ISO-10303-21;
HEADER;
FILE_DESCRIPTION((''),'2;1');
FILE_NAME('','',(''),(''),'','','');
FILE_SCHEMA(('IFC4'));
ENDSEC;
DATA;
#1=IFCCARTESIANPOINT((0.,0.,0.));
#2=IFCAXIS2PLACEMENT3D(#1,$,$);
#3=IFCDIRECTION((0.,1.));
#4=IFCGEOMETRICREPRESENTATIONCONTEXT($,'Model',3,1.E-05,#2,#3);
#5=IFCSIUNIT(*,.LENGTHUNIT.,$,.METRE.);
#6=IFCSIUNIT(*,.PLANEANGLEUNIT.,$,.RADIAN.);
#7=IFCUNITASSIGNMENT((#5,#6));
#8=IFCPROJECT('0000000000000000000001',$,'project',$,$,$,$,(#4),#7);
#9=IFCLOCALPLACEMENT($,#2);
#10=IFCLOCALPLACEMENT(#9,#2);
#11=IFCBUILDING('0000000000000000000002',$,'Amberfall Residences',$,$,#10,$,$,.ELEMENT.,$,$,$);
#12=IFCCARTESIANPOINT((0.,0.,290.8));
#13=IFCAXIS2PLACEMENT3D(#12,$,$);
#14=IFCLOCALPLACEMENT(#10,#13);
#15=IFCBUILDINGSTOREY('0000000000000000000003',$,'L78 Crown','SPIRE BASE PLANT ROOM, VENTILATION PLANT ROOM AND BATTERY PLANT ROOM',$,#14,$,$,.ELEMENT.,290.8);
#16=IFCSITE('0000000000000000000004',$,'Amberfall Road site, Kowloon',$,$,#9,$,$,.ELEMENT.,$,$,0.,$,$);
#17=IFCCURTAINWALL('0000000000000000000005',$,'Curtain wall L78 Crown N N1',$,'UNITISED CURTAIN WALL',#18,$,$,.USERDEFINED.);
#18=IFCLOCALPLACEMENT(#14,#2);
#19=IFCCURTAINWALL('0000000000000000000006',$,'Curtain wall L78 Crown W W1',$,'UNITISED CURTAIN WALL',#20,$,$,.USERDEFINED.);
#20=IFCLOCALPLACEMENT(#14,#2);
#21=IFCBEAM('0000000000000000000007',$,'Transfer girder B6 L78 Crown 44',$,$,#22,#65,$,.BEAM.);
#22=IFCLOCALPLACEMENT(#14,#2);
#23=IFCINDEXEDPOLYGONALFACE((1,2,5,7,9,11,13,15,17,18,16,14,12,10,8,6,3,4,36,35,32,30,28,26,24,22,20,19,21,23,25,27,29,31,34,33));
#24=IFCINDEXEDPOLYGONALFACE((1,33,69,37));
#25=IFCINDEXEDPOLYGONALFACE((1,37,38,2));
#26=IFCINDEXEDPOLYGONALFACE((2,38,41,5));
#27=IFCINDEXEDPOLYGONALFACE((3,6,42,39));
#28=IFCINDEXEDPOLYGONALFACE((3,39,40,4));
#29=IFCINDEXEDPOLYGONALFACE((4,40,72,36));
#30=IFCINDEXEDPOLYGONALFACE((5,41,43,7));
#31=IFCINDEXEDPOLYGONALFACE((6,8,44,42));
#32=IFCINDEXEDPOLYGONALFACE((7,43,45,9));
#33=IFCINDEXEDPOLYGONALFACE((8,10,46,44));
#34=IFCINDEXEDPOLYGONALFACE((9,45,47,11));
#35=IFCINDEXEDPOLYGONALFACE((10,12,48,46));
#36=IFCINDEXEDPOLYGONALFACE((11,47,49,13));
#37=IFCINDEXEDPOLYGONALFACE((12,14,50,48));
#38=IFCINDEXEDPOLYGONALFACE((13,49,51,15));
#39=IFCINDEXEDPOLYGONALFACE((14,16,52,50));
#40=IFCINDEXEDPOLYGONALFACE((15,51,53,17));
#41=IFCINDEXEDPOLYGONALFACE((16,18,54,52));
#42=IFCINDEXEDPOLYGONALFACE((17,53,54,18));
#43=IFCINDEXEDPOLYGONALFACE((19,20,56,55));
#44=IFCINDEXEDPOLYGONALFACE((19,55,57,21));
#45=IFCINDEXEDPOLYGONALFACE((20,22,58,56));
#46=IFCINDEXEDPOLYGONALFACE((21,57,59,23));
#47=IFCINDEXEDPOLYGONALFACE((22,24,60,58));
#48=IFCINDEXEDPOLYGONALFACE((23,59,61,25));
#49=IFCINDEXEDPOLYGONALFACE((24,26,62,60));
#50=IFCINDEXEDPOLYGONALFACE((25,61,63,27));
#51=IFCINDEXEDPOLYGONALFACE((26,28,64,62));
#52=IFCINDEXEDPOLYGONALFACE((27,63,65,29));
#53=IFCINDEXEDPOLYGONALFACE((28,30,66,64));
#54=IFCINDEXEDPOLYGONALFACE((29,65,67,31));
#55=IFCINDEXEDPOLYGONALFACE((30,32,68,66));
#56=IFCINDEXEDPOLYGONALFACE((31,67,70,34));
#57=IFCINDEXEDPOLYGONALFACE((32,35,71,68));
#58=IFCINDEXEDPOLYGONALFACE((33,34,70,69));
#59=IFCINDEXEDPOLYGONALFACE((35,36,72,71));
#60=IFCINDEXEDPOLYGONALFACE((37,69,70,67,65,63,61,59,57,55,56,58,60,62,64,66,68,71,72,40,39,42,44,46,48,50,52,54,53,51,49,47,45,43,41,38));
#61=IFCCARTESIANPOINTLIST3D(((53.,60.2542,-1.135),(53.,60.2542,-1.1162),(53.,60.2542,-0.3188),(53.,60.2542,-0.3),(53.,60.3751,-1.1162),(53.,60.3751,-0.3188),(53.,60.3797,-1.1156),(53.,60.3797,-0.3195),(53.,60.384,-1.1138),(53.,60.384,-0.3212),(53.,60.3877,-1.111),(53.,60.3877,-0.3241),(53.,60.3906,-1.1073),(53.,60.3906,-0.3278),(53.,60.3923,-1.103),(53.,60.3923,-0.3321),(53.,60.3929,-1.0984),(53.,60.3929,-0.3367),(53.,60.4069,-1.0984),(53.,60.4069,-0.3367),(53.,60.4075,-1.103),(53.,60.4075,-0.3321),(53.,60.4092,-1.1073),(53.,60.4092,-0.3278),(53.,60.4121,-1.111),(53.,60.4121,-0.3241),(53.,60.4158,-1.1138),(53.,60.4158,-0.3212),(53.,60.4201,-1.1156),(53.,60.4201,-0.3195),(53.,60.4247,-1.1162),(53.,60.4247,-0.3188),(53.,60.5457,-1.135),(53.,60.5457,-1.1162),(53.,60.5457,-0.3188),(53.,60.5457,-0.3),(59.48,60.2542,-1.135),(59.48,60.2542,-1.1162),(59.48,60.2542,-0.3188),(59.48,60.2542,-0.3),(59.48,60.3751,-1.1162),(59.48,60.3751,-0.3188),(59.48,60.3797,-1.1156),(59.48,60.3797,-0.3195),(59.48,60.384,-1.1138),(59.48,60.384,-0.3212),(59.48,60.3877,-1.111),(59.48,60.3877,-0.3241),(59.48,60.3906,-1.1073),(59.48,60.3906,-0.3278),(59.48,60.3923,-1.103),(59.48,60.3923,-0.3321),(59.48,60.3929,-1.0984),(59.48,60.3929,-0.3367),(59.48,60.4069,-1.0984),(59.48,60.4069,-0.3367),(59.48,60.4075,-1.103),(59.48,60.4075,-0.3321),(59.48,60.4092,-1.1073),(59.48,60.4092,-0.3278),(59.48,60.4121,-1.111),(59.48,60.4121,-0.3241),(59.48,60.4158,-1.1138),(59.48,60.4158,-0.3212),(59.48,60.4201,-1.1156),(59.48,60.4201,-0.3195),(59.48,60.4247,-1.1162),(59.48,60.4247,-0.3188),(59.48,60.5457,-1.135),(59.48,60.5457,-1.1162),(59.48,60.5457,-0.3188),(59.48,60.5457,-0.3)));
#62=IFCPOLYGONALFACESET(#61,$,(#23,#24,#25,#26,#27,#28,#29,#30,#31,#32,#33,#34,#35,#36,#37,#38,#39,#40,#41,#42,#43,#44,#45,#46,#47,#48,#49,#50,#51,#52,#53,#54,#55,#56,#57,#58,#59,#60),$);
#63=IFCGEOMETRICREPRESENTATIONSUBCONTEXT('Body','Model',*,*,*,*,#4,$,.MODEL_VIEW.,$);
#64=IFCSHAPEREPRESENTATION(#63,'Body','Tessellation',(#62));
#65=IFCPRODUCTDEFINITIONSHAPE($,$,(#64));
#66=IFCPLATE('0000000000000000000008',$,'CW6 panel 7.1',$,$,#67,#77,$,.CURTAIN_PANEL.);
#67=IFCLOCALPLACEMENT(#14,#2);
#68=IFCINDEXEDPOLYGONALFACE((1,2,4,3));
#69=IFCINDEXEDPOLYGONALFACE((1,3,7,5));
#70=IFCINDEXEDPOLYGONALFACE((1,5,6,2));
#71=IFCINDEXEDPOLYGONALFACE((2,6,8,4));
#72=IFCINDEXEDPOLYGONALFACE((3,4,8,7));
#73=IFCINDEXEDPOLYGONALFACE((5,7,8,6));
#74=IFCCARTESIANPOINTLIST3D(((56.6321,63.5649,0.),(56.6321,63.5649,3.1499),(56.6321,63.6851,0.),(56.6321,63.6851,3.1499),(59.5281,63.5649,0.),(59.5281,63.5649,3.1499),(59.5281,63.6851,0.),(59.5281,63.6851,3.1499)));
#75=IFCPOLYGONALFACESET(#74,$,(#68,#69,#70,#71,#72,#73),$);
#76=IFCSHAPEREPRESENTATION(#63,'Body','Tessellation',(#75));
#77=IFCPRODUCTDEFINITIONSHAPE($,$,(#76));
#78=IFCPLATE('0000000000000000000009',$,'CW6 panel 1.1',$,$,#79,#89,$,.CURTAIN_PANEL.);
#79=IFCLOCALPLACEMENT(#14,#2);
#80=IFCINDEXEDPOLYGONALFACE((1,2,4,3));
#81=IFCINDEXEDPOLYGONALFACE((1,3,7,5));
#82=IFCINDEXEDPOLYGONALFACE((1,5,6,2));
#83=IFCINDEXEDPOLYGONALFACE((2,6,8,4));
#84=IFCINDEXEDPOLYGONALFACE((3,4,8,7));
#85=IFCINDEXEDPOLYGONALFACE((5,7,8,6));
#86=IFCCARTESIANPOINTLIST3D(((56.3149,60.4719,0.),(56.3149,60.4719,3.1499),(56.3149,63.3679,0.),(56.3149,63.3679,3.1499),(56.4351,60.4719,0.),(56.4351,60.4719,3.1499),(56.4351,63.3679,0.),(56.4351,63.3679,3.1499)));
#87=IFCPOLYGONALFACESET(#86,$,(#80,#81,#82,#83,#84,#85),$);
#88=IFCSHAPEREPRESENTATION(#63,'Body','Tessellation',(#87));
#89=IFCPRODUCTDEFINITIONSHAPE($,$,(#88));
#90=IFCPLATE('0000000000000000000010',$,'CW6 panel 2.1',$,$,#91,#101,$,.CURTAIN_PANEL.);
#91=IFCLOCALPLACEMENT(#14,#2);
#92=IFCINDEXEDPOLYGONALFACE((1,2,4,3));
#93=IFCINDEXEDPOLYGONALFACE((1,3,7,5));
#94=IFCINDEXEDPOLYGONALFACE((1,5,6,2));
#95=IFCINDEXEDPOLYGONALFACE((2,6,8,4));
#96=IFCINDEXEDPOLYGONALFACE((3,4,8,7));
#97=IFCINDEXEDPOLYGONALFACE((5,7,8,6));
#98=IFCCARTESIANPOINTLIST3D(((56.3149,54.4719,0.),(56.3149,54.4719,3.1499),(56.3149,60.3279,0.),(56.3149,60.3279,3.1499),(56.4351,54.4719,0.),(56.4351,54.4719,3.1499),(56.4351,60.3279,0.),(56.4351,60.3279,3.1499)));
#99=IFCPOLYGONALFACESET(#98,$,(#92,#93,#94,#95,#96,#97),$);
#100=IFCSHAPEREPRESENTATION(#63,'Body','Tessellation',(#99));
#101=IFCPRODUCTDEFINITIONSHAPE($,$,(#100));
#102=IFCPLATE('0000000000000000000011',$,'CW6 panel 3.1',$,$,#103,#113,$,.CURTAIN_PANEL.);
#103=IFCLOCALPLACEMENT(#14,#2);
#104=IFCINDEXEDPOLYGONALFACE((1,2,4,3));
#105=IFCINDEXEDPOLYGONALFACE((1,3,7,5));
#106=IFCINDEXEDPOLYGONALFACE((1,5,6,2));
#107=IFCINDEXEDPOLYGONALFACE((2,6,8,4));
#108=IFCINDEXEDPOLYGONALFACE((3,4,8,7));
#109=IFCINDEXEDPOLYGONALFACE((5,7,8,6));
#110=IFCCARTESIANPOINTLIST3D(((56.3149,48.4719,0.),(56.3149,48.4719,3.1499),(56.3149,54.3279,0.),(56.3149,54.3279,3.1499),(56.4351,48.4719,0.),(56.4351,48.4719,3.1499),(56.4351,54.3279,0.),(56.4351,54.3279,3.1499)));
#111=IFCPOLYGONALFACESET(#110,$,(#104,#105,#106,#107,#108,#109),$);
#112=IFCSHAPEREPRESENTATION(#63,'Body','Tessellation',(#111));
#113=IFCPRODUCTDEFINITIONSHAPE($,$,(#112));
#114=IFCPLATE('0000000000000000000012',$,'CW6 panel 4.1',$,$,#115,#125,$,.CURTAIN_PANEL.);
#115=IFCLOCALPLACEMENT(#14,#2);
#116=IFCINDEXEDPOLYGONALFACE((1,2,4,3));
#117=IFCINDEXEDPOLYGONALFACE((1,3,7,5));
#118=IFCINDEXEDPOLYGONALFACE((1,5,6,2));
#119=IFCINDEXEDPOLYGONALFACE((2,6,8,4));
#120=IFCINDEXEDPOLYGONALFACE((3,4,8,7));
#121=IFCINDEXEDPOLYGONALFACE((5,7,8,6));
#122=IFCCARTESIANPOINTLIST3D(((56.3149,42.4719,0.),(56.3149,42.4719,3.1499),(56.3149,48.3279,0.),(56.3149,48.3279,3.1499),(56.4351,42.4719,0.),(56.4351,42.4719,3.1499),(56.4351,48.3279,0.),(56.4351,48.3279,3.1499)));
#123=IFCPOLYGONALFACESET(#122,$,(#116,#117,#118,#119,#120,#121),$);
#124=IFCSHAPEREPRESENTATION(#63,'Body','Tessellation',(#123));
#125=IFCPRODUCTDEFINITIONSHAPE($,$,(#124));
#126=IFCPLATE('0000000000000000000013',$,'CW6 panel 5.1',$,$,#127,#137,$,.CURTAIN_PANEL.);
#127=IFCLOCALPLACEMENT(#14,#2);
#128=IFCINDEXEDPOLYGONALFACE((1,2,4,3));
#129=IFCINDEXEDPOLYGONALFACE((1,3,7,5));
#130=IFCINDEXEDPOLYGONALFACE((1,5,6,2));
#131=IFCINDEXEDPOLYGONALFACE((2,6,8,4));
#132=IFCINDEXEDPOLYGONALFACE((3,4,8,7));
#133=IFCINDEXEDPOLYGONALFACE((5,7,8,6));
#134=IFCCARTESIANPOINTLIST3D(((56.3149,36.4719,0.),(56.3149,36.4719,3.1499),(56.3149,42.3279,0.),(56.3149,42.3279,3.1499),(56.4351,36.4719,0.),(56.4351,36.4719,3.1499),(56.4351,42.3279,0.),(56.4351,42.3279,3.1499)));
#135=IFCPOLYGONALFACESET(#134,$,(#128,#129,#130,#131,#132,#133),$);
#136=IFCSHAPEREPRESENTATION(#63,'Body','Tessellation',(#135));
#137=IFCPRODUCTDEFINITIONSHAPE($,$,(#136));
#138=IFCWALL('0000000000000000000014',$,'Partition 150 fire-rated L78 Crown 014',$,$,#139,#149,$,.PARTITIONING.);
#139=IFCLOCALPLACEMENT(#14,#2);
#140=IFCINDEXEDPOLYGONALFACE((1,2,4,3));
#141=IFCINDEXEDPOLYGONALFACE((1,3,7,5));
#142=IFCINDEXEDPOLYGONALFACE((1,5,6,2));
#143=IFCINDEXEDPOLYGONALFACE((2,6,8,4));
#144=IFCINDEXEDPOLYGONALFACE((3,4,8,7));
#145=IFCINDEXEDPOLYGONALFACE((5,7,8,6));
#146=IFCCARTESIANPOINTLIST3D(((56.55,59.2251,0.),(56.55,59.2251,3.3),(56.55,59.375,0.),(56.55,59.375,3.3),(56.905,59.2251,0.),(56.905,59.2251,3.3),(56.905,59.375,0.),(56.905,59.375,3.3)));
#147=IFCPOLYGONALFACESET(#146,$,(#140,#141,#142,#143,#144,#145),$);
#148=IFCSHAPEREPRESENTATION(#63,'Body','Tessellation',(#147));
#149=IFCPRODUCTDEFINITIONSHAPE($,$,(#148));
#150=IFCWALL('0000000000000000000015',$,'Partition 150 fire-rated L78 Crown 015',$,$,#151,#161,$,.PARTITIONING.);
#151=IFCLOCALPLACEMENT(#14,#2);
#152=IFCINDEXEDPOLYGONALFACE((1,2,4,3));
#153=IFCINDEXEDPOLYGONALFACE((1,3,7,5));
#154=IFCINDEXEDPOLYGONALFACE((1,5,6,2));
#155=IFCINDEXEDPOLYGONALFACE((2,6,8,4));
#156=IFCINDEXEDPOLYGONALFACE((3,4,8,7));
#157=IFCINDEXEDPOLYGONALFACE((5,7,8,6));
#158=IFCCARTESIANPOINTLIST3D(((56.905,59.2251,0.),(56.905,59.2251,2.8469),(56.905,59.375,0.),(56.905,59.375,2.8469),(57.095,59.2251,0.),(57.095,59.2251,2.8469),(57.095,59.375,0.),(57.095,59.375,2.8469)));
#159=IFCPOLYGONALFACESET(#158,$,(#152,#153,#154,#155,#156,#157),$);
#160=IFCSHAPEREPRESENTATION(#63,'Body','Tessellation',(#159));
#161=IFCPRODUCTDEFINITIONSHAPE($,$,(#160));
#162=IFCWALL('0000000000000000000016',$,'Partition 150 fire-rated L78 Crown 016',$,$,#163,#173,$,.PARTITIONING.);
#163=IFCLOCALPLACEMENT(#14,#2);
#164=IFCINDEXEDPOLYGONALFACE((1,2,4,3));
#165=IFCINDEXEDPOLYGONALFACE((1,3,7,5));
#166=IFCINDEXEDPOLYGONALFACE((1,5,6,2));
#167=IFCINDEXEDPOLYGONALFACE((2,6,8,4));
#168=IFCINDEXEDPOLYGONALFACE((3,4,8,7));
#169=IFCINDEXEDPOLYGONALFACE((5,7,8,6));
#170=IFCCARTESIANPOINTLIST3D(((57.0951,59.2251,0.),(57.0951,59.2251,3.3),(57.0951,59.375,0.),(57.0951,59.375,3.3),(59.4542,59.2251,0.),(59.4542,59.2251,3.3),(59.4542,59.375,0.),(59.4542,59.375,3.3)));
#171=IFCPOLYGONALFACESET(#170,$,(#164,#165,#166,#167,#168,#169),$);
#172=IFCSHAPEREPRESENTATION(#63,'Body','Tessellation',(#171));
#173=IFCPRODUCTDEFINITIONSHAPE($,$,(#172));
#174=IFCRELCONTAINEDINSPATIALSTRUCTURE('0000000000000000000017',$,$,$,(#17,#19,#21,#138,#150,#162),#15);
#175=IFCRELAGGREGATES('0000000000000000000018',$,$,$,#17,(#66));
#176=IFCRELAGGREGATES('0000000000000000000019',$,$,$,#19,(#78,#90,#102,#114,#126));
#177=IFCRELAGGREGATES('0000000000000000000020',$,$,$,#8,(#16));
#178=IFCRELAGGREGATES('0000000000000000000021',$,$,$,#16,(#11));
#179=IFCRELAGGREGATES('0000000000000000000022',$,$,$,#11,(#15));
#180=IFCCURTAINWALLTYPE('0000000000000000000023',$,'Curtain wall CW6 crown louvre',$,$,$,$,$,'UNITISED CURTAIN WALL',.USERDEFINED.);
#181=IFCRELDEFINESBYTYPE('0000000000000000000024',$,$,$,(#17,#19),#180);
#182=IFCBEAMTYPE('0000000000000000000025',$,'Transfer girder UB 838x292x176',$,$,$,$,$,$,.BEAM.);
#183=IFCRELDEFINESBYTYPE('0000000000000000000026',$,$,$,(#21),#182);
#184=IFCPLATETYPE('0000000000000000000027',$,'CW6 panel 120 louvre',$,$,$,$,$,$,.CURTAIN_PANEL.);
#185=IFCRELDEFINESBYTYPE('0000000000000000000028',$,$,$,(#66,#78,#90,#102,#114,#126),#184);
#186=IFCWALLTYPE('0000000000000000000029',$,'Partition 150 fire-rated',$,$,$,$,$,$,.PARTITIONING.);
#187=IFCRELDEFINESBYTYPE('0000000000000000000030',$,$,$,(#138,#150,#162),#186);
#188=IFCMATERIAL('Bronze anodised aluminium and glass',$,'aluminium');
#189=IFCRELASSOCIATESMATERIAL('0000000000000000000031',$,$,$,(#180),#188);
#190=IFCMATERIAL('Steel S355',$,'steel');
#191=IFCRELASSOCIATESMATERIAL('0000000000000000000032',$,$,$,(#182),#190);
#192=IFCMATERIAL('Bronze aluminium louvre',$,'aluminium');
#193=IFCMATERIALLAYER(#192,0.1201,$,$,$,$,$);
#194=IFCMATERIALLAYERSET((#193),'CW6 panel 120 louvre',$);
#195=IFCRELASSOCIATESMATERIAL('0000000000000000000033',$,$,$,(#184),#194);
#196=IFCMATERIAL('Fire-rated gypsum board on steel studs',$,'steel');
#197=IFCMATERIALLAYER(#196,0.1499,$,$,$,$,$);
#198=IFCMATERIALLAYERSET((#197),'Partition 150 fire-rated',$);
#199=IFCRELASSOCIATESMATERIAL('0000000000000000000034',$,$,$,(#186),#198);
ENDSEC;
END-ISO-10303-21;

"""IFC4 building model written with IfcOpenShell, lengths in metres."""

from ifc_helpers import new_model, si_unit, direction, frame, frame_2d, origin, origin_2d, place, context, subcontext, project, spatial, rectangle, i_section, extrude, material, layer, layer_set, material_profile, profile_set, type_object, element, aggregate, save


model = new_model("IFC4")

# Units and contexts
model_context = context("Model", 3, precision=1e-05, world=origin(), true_north=direction((0.0, 1.0)))
body_context = subcontext(model_context, "Body", "Model", "MODEL_VIEW")
ifc_project = project(units=[si_unit("LENGTHUNIT", "METRE"), si_unit("PLANEANGLEUNIT", "RADIAN")], contexts=[model_context])

# Site, building, storey
site_placement = place(None, origin())
site = spatial("IfcSite", under=ifc_project, at=site_placement, Name="Amberfall Road site, Kowloon", CompositionType="ELEMENT", RefElevation=0.0)
building_placement = place(site_placement, origin())
building = spatial("IfcBuilding", under=site, at=building_placement, Name="Amberfall Residences", CompositionType="ELEMENT")
storey_placement = place(building_placement, frame((0.0, 0.0, 290.8)))
storey = spatial("IfcBuildingStorey", under=building, at=storey_placement, Name="L78 Crown", Description="SPIRE BASE PLANT ROOM, VENTILATION PLANT ROOM AND BATTERY PLANT ROOM", CompositionType="ELEMENT", Elevation=290.8)

# Shared definitions
ifc_material_1 = material(Name="Steel S355", Category="steel")

# Curtain wall
ifc_material_2 = material(Name="Bronze anodised aluminium and glass", Category="aluminium")
curtain_wall_type = type_object("IfcCurtainWallType", Name="Curtain wall CW6 crown louvre", ElementType="UNITISED CURTAIN WALL", PredefinedType="USERDEFINED", material=ifc_material_2)
curtain_wall_1_placement = place(storey_placement, origin())
curtain_wall_1 = element("IfcCurtainWall", 1, at=curtain_wall_1_placement, inside=storey, type_object=curtain_wall_type, Name="Curtain wall L78 Crown N N1", ObjectType="UNITISED CURTAIN WALL", PredefinedType="USERDEFINED")

# Curtain wall
curtain_wall_2_placement = place(storey_placement, origin())
curtain_wall_2 = element("IfcCurtainWall", 2, at=curtain_wall_2_placement, inside=storey, type_object=curtain_wall_type, Name="Curtain wall L78 Crown W W1", ObjectType="UNITISED CURTAIN WALL", PredefinedType="USERDEFINED")

# Beam
ifc_material_profile_1 = material_profile(ifc_material_1, i_section(OverallWidth=0.2915, OverallDepth=0.835, WebThickness=0.0139, FlangeThickness=0.0188, FilletRadius=0.0178, at=origin_2d()), Name="UB 838x292x176")
ifc_profile_set_1 = profile_set([ifc_material_profile_1], Name="Steel S355")
beam_type_1 = type_object("IfcBeamType", Name="Transfer girder UB 838x292x176", PredefinedType="BEAM", material=ifc_profile_set_1)
beam_1_placement = place(storey_placement, frame((53.0, 60.3999, -0.7175), z_axis=(1.0, 0.0, 0.0), x_axis=(0.0, 1.0, 0.0)))
element("IfcBeam", 3, at=beam_1_placement, inside=storey, type_object=beam_type_1, Name="Transfer girder B6 L78 Crown 44", PredefinedType="BEAM", context=body_context, shape_type="SweptSolid", body=[
    extrude(i_section(OverallWidth=0.2915, OverallDepth=0.835, WebThickness=0.0139, FlangeThickness=0.0188, FilletRadius=0.0178, at=origin_2d()), origin(), (0.0, 0.0, 1.0), 6.48),
])

# Plates
ifc_material_3 = material(Name="Bronze aluminium louvre", Category="aluminium")
ifc_layer_1 = layer(ifc_material_3, 0.1201)
ifc_layer_set_1 = layer_set([ifc_layer_1], Name="CW6 panel 120 louvre")
plate_type = type_object("IfcPlateType", Name="CW6 panel 120 louvre", PredefinedType="CURTAIN_PANEL", material=ifc_layer_set_1)
plate_1_placement = place(storey_placement, frame((58.0801, 63.625, 0.0), z_axis=(0.0, 0.0, 1.0), x_axis=(-1.0, 0.0, 0.0)))
plate_1 = element("IfcPlate", 4, at=plate_1_placement, type_object=plate_type, Name="CW6 panel 7.1", PredefinedType="CURTAIN_PANEL", context=body_context, shape_type="SweptSolid", body=[
    extrude(rectangle(XDim=2.896, YDim=0.1201, at=origin_2d()), origin(), (0.0, 0.0, 1.0), 3.1499),
])
aggregate(curtain_wall_1, [plate_1])
plate_2_placement = place(storey_placement, frame((56.375, 61.9199, 0.0), z_axis=(0.0, 0.0, 1.0), x_axis=(0.0, -1.0, 0.0)))
plate_2 = element("IfcPlate", 5, at=plate_2_placement, type_object=plate_type, Name="CW6 panel 1.1", PredefinedType="CURTAIN_PANEL", context=body_context, shape_type="SweptSolid", body=[
    extrude(rectangle(XDim=2.896, YDim=0.1201, at=origin_2d()), origin(), (0.0, 0.0, 1.0), 3.1499),
])
plate_3_placement = place(storey_placement, frame((56.375, 57.3999, 0.0), z_axis=(0.0, 0.0, 1.0), x_axis=(0.0, -1.0, 0.0)))
plate_3 = element("IfcPlate", 6, at=plate_3_placement, type_object=plate_type, Name="CW6 panel 2.1", PredefinedType="CURTAIN_PANEL", context=body_context, shape_type="SweptSolid", body=[
    extrude(rectangle(XDim=5.856, YDim=0.1201, at=origin_2d()), origin(), (0.0, 0.0, 1.0), 3.1499),
])
plate_4_placement = place(storey_placement, frame((56.375, 51.3999, 0.0), z_axis=(0.0, 0.0, 1.0), x_axis=(0.0, -1.0, 0.0)))
plate_4 = element("IfcPlate", 7, at=plate_4_placement, type_object=plate_type, Name="CW6 panel 3.1", PredefinedType="CURTAIN_PANEL", context=body_context, shape_type="SweptSolid", body=[
    extrude(rectangle(XDim=5.856, YDim=0.1201, at=origin_2d()), origin(), (0.0, 0.0, 1.0), 3.1499),
])
plate_5_placement = place(storey_placement, frame((56.375, 45.3999, 0.0), z_axis=(0.0, 0.0, 1.0), x_axis=(0.0, -1.0, 0.0)))
plate_5 = element("IfcPlate", 8, at=plate_5_placement, type_object=plate_type, Name="CW6 panel 4.1", PredefinedType="CURTAIN_PANEL", context=body_context, shape_type="SweptSolid", body=[
    extrude(rectangle(XDim=5.856, YDim=0.1201, at=origin_2d()), origin(), (0.0, 0.0, 1.0), 3.1499),
])
plate_6_placement = place(storey_placement, frame((56.375, 39.3999, 0.0), z_axis=(0.0, 0.0, 1.0), x_axis=(0.0, -1.0, 0.0)))
plate_6 = element("IfcPlate", 9, at=plate_6_placement, type_object=plate_type, Name="CW6 panel 5.1", PredefinedType="CURTAIN_PANEL", context=body_context, shape_type="SweptSolid", body=[
    extrude(rectangle(XDim=5.856, YDim=0.1201, at=origin_2d()), origin(), (0.0, 0.0, 1.0), 3.1499),
])
aggregate(curtain_wall_2, [plate_2, plate_3, plate_4, plate_5, plate_6])

# Walls
ifc_material_4 = material(Name="Fire-rated gypsum board on steel studs", Category="steel")
ifc_layer_2 = layer(ifc_material_4, 0.1499)
ifc_layer_set_2 = layer_set([ifc_layer_2], Name="Partition 150 fire-rated")
wall_type = type_object("IfcWallType", Name="Partition 150 fire-rated", PredefinedType="PARTITIONING", material=ifc_layer_set_2)
wall_1_placement = place(storey_placement, frame((56.55, 59.3, 0.0), z_axis=(0.0, 0.0, 1.0), x_axis=(1.0, 0.0, 0.0)))
element("IfcWall", 10, at=wall_1_placement, inside=storey, type_object=wall_type, Name="Partition 150 fire-rated L78 Crown 014", PredefinedType="PARTITIONING", context=body_context, shape_type="SweptSolid", body=[
    extrude(rectangle(XDim=0.355, YDim=0.1499, at=frame_2d((0.1775, 0.0))), origin(), (0.0, 0.0, 1.0), 3.3),
])
wall_2_placement = place(storey_placement, frame((56.905, 59.3, 0.0), z_axis=(0.0, 0.0, 1.0), x_axis=(1.0, 0.0, 0.0)))
element("IfcWall", 11, at=wall_2_placement, inside=storey, type_object=wall_type, Name="Partition 150 fire-rated L78 Crown 015", PredefinedType="PARTITIONING", context=body_context, shape_type="SweptSolid", body=[
    extrude(rectangle(XDim=0.1899, YDim=0.1499, at=frame_2d((0.095, 0.0))), origin(), (0.0, 0.0, 1.0), 2.8469),
])
wall_3_placement = place(storey_placement, frame((57.095, 59.3, 0.0), z_axis=(0.0, 0.0, 1.0), x_axis=(1.0, 0.0, 0.0)))
element("IfcWall", 12, at=wall_3_placement, inside=storey, type_object=wall_type, Name="Partition 150 fire-rated L78 Crown 016", PredefinedType="PARTITIONING", context=body_context, shape_type="SweptSolid", body=[
    extrude(rectangle(XDim=2.3591, YDim=0.1499, at=frame_2d((1.1797, 0.0))), origin(), (0.0, 0.0, 1.0), 3.3),
])

save(model, "model.ifc")
